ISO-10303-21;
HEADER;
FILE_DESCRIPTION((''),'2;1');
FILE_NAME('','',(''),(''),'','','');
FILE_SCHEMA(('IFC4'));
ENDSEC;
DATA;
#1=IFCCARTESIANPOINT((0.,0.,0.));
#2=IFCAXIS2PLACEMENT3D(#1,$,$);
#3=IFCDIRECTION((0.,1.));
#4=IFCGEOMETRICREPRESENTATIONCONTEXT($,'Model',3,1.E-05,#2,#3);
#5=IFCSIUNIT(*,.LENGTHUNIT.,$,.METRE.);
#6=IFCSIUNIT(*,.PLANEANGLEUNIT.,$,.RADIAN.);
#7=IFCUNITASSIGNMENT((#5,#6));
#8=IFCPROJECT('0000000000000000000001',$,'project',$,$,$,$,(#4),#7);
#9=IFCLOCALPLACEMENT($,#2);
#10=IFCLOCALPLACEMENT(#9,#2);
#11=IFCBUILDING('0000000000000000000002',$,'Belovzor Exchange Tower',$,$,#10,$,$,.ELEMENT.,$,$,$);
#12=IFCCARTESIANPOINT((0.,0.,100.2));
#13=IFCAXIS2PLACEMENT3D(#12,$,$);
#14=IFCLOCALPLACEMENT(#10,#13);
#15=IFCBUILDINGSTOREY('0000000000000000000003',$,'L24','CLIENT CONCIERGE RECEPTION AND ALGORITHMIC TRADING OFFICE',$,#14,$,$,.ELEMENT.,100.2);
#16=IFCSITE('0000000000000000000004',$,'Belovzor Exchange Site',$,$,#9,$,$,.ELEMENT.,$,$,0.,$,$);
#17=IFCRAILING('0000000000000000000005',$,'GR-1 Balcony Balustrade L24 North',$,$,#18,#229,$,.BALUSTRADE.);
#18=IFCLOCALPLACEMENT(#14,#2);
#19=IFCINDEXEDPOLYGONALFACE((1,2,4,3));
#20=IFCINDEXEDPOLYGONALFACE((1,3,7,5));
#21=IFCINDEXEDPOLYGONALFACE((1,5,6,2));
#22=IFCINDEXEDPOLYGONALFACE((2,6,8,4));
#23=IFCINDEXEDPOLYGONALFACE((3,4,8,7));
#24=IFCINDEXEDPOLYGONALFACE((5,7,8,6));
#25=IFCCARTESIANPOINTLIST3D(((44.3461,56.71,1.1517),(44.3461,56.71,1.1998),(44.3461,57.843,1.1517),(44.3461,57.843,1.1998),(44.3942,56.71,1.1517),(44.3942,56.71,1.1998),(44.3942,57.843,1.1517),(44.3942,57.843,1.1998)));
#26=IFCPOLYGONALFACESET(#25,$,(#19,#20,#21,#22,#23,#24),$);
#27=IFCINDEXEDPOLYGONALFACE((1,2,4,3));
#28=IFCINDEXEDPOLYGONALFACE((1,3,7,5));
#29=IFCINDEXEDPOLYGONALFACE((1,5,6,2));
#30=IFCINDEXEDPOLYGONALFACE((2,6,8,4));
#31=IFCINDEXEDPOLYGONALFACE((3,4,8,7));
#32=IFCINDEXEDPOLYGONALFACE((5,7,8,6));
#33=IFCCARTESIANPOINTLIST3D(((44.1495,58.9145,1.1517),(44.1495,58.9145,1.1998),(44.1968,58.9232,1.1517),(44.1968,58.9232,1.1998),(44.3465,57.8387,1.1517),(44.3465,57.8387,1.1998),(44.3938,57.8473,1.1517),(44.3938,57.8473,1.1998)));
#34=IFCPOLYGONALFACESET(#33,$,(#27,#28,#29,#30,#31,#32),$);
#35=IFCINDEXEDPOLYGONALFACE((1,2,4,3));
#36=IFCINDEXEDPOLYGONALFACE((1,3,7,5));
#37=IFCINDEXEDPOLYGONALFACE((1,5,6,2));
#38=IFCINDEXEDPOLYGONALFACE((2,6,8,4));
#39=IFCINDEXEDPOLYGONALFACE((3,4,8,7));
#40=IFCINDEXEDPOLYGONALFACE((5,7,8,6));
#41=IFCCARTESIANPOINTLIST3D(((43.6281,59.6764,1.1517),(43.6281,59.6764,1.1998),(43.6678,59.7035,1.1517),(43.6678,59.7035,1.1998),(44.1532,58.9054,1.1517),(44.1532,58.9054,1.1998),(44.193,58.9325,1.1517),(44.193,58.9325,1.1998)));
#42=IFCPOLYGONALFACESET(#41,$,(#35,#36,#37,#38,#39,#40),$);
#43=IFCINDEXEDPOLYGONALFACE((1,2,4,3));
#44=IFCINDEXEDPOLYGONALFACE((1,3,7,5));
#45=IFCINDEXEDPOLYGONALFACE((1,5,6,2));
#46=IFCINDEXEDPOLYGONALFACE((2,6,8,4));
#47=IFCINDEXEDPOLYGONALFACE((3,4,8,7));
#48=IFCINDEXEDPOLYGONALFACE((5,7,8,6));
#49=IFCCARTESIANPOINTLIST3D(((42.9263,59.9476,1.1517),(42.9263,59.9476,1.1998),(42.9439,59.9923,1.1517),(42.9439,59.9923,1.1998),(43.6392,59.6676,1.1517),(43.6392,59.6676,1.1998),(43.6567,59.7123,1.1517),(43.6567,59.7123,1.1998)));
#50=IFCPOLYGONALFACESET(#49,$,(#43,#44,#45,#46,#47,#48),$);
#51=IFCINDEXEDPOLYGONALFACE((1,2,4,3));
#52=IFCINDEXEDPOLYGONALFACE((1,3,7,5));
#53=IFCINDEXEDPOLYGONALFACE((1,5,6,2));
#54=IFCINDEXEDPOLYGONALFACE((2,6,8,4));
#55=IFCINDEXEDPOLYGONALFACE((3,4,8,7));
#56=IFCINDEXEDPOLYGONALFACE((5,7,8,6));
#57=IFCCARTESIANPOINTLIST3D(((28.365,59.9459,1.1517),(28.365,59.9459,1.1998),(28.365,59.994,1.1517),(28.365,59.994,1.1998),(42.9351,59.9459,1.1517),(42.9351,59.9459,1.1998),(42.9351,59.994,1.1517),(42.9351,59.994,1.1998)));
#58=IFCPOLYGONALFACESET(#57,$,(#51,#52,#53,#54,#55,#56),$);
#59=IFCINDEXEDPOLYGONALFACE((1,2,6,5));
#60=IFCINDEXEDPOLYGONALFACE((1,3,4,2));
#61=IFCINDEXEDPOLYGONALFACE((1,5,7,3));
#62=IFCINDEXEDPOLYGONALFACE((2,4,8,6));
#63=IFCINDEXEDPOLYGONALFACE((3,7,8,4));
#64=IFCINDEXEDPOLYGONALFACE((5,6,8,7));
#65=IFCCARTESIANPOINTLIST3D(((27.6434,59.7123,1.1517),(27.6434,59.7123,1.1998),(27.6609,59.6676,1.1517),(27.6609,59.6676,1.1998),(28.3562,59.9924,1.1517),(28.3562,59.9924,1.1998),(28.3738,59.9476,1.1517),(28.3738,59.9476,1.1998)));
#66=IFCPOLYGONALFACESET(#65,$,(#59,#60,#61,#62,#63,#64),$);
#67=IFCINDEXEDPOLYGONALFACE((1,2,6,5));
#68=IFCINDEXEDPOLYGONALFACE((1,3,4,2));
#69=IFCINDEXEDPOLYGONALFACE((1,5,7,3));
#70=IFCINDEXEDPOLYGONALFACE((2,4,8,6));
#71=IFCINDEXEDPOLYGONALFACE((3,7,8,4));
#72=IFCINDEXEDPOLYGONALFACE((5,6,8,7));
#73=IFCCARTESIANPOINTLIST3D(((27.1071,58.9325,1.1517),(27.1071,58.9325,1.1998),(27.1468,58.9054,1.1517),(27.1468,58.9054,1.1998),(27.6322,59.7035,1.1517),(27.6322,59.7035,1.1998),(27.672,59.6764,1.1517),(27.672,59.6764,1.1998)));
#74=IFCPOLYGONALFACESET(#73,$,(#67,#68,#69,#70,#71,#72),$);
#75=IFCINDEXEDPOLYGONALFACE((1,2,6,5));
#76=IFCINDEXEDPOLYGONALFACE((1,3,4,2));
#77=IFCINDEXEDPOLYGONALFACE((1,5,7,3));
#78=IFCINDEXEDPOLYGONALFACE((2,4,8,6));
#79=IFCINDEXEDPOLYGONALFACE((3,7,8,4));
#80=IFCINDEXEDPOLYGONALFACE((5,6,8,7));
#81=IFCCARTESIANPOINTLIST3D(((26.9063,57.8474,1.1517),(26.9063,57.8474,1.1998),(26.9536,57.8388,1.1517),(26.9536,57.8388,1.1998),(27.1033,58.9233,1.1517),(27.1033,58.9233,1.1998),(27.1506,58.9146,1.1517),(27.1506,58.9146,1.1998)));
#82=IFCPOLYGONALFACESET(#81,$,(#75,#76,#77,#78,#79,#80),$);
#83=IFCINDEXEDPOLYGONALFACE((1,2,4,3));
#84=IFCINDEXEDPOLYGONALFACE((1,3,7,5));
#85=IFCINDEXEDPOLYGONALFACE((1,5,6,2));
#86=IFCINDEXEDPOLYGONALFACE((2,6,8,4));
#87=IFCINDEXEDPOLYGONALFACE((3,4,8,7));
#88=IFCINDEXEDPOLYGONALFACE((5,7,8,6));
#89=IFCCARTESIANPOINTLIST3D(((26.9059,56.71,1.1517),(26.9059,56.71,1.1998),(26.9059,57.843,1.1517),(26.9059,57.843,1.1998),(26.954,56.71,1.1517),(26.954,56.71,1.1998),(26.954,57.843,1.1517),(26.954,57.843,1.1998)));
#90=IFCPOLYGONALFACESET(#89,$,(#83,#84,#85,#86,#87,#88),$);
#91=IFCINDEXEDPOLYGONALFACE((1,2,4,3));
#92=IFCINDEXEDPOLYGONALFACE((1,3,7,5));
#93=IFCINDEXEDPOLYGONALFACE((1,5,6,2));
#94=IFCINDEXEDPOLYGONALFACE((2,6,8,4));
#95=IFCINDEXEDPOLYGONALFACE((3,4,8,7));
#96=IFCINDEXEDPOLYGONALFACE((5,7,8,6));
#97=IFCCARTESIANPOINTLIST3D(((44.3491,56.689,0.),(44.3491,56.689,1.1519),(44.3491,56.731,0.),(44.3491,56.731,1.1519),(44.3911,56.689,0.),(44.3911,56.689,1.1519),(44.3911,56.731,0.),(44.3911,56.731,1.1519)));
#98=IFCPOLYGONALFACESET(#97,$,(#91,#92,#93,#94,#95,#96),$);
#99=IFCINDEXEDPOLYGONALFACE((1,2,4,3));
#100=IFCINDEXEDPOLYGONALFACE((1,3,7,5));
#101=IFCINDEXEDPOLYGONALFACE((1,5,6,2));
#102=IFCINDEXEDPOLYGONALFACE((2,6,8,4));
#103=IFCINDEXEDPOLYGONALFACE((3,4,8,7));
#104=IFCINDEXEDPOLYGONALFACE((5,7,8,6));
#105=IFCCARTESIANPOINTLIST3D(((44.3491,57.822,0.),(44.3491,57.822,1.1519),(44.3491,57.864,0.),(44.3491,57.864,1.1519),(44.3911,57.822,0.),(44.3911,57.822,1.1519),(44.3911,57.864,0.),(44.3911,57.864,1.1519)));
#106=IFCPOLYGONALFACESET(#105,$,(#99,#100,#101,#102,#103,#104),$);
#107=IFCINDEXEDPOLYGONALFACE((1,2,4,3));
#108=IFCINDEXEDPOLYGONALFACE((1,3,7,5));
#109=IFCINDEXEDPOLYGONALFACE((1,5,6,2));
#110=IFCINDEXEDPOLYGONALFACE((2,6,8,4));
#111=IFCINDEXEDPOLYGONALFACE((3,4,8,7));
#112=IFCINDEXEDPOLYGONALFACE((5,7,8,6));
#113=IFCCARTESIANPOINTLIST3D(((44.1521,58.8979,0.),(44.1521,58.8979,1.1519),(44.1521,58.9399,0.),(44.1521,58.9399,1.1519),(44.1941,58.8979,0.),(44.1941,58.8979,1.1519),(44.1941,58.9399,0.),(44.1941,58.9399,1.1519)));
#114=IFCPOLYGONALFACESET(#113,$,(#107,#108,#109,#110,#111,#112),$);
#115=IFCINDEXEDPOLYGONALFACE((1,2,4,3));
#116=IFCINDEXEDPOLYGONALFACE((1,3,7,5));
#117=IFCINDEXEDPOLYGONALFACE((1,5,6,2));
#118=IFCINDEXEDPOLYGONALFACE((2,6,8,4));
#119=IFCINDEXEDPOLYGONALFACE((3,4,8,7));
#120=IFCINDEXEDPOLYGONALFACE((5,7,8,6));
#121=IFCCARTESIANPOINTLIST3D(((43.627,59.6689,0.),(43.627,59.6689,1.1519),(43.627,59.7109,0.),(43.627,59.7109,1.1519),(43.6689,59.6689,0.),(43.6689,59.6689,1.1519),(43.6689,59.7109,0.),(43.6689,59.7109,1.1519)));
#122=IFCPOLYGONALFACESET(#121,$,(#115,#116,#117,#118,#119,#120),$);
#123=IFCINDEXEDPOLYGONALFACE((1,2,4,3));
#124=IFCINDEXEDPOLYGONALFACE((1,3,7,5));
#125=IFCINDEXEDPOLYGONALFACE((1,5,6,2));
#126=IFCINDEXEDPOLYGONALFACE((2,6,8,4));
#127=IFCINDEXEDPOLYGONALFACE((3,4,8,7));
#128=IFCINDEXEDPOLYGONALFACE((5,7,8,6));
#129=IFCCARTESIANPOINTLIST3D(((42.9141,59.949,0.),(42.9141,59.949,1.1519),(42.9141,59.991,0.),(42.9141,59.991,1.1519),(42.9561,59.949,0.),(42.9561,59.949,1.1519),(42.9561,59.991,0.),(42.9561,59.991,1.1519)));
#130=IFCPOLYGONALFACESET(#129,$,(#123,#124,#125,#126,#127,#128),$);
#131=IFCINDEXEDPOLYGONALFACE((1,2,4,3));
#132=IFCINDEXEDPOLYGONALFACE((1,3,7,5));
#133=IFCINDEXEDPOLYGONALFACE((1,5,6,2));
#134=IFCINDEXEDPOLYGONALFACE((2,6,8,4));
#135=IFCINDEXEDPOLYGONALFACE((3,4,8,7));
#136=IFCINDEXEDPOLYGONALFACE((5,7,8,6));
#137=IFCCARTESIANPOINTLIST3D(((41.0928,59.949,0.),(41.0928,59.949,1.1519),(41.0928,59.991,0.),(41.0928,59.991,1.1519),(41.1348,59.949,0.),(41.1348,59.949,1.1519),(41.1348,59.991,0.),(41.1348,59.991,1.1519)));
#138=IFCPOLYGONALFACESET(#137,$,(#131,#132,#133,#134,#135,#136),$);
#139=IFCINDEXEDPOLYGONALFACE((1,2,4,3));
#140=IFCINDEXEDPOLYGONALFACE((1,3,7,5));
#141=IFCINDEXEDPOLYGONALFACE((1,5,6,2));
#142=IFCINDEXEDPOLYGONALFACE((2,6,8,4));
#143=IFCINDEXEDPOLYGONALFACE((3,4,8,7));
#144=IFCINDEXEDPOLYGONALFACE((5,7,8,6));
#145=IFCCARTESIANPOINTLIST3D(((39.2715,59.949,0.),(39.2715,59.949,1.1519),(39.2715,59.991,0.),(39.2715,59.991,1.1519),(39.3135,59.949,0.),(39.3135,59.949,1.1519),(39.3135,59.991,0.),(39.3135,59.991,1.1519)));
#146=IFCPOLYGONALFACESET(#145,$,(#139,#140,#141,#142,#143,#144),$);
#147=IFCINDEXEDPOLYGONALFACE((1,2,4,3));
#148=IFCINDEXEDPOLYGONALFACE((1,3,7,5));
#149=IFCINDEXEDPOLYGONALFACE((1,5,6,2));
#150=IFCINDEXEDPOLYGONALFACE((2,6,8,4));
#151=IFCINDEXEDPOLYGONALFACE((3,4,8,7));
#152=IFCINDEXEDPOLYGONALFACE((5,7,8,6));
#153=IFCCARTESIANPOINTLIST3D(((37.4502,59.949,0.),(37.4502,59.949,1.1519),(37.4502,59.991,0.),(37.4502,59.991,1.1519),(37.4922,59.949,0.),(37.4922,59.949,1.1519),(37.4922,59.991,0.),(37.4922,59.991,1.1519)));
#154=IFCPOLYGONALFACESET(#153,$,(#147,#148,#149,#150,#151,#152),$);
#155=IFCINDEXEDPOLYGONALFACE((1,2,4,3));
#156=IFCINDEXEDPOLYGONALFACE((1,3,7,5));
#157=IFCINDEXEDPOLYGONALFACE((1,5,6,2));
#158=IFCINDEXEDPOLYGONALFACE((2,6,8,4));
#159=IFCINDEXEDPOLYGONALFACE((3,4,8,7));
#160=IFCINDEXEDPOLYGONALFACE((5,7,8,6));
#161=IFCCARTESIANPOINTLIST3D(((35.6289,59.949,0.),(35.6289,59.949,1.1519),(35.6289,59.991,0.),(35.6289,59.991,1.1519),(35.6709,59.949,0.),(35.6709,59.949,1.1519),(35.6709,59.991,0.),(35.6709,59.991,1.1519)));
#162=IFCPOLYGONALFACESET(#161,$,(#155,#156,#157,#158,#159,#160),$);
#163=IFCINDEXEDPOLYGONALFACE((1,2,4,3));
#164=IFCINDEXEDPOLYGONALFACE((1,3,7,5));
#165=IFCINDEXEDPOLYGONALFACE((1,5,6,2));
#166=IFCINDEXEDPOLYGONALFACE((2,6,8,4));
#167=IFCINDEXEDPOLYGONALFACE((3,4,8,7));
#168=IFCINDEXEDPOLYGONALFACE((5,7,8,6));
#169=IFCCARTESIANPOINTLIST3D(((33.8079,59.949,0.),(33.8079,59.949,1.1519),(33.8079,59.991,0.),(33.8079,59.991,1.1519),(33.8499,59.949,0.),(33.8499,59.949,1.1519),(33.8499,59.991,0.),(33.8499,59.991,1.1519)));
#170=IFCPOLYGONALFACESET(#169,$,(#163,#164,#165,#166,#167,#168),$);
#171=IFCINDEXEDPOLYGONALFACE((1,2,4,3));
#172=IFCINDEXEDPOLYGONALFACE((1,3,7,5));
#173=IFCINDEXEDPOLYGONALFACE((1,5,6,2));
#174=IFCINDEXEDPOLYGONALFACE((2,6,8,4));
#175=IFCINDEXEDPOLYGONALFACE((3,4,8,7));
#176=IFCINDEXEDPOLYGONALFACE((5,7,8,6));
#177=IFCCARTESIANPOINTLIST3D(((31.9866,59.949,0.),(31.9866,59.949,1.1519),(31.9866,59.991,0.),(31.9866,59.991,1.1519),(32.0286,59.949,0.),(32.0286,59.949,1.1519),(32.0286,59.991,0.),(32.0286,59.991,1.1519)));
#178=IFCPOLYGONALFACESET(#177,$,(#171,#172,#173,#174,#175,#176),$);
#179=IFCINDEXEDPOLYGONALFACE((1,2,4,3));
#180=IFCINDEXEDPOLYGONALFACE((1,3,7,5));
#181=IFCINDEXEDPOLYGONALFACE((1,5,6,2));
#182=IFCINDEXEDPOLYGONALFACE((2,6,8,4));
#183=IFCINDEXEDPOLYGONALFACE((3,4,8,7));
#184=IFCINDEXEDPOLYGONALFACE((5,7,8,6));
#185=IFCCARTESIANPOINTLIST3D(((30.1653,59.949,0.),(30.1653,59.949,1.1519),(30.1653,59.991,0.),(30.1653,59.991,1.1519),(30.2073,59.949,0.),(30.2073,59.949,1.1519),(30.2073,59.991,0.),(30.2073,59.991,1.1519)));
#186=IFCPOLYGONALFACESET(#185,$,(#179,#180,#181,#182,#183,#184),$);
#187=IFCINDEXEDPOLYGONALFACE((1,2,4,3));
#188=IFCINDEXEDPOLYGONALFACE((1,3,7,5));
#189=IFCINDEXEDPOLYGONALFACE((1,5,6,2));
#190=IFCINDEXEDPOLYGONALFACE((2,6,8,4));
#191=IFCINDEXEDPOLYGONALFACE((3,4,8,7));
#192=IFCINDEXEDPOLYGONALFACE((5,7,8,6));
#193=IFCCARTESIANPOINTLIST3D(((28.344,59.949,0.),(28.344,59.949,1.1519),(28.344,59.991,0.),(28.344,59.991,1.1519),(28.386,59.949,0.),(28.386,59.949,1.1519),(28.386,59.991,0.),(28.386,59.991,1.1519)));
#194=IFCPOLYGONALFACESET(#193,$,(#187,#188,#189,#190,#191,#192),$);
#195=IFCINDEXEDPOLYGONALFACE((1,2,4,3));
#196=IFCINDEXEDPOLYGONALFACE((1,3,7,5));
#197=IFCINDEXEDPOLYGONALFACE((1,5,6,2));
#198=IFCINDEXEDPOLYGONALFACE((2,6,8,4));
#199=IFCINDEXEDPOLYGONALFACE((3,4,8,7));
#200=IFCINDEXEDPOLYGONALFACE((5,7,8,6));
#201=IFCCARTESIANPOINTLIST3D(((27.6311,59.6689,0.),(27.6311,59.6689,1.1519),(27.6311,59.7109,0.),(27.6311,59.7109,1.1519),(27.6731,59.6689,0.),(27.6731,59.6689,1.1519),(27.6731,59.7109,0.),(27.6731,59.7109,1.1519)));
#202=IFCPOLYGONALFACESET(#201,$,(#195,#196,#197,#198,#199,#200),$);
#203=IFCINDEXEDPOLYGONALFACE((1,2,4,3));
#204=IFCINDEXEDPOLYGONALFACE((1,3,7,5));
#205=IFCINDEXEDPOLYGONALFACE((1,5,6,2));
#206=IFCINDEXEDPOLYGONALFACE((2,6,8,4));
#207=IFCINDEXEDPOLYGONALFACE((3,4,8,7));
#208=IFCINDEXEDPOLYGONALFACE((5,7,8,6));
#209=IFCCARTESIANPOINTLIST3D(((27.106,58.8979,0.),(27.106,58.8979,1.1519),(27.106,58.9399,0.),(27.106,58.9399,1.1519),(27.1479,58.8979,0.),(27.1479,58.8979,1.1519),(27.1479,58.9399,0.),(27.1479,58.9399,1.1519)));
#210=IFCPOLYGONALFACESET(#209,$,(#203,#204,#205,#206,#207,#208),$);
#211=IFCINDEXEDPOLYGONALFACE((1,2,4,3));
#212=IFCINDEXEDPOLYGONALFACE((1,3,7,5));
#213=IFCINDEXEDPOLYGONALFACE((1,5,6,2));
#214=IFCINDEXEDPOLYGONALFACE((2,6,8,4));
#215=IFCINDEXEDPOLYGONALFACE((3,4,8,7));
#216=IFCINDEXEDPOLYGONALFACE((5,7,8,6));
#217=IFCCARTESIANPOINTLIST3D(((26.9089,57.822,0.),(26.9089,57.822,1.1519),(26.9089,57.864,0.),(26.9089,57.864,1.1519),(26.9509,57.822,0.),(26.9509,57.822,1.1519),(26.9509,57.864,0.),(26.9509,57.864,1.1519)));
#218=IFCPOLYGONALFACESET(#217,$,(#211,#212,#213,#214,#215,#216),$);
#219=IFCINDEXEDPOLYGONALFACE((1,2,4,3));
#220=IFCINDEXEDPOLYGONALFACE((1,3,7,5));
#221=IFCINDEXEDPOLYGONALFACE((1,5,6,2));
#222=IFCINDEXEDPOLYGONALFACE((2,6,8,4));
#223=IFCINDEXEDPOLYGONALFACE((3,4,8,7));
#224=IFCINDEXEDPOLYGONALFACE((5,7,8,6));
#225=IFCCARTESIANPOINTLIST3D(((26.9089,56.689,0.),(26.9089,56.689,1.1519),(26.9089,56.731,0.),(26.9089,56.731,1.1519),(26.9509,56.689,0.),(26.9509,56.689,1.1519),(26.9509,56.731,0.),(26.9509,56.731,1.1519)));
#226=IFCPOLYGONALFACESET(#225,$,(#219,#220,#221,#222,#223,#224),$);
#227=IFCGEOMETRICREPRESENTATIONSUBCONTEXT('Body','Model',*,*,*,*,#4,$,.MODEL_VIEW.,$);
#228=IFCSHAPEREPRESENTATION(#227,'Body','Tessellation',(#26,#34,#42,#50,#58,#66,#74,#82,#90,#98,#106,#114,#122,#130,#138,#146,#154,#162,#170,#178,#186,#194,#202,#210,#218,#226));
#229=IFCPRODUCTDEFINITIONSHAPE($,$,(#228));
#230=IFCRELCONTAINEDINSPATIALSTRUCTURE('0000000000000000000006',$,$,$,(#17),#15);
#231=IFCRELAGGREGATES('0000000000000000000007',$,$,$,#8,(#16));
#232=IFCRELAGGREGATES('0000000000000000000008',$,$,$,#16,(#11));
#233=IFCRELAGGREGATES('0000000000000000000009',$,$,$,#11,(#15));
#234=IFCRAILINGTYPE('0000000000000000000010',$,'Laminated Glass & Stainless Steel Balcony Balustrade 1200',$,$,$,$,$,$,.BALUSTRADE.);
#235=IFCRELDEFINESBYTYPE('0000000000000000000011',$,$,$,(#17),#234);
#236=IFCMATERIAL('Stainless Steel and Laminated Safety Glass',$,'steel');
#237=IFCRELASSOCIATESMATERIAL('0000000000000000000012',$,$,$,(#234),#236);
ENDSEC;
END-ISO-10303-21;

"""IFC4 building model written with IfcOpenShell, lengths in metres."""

from ifc_helpers import new_model, si_unit, direction, frame, origin, origin_2d, place, context, subcontext, project, spatial, rectangle, extrude, material, type_object, element, save


model = new_model("IFC4")

# Units and contexts
model_context = context("Model", 3, precision=1e-05, world=origin(), true_north=direction((0.0, 1.0)))
body_context = subcontext(model_context, "Body", "Model", "MODEL_VIEW")
ifc_project = project(units=[si_unit("LENGTHUNIT", "METRE"), si_unit("PLANEANGLEUNIT", "RADIAN")], contexts=[model_context])

# Site, building, storey
site_placement = place(None, origin())
site = spatial("IfcSite", under=ifc_project, at=site_placement, Name="Belovzor Exchange Site", CompositionType="ELEMENT", RefElevation=0.0)
building_placement = place(site_placement, origin())
building = spatial("IfcBuilding", under=site, at=building_placement, Name="Belovzor Exchange Tower", CompositionType="ELEMENT")
storey_placement = place(building_placement, frame((0.0, 0.0, 100.2)))
storey = spatial("IfcBuildingStorey", under=building, at=storey_placement, Name="L24", Description="CLIENT CONCIERGE RECEPTION AND ALGORITHMIC TRADING OFFICE", CompositionType="ELEMENT", Elevation=100.2)

# Railing
ifc_material_1 = material(Name="Stainless Steel and Laminated Safety Glass", Category="steel")
railing_type = type_object("IfcRailingType", Name="Laminated Glass & Stainless Steel Balcony Balustrade 1200", PredefinedType="BALUSTRADE", material=ifc_material_1)
railing_placement = place(storey_placement, frame((44.3701, 56.71, 0.0)))
element("IfcRailing", 1, at=railing_placement, inside=storey, type_object=railing_type, Name="GR-1 Balcony Balustrade L24 North", PredefinedType="BALUSTRADE", context=body_context, shape_type="SweptSolid", body=[
    extrude(rectangle(XDim=0.0481, YDim=0.0481, at=origin_2d()), frame((0.0, 0.0, 1.1758), z_axis=(0.0, 1.0, 0.0), x_axis=(-1.0, 0.0, 0.0)), (0.0, 0.0, 1.0), 1.1331),
    extrude(rectangle(XDim=0.0481, YDim=0.0481, at=origin_2d()), frame((0.0, 1.1331, 1.1758), z_axis=(-0.180123, 0.983644, 0.0), x_axis=(-0.983644, -0.180123, 0.0)), (0.0, 0.0, 1.0), 1.0938),
    extrude(rectangle(XDim=0.0481, YDim=0.0481, at=origin_2d()), frame((-0.197, 2.209, 1.1758), z_axis=(-0.562947, 0.826493, 0.0), x_axis=(-0.826493, -0.562947, 0.0)), (0.0, 0.0, 1.0), 0.9329),
    extrude(rectangle(XDim=0.0481, YDim=0.0481, at=origin_2d()), frame((-0.7222, 2.98, 1.1758), z_axis=(-0.930767, 0.365613, 0.0), x_axis=(-0.365613, -0.930767, 0.0)), (0.0, 0.0, 1.0), 0.7659),
    extrude(rectangle(XDim=0.0481, YDim=0.0481, at=origin_2d()), frame((-1.4351, 3.26, 1.1758), z_axis=(-1.0, 0.0, 0.0), x_axis=(0.0, -1.0, 0.0)), (0.0, 0.0, 1.0), 14.5701),
    extrude(rectangle(XDim=0.0481, YDim=0.0481, at=origin_2d()), frame((-16.0051, 3.26, 1.1758), z_axis=(-0.930767, -0.365613, 0.0), x_axis=(0.365613, -0.930767, 0.0)), (0.0, 0.0, 1.0), 0.7659),
    extrude(rectangle(XDim=0.0481, YDim=0.0481, at=origin_2d()), frame((-16.718, 2.98, 1.1758), z_axis=(-0.562947, -0.826493, 0.0), x_axis=(0.826493, -0.562947, 0.0)), (0.0, 0.0, 1.0), 0.9329),
    extrude(rectangle(XDim=0.0481, YDim=0.0481, at=origin_2d()), frame((-17.2432, 2.209, 1.1758), z_axis=(-0.180123, -0.983644, 0.0), x_axis=(0.983644, -0.180123, 0.0)), (0.0, 0.0, 1.0), 1.0938),
    extrude(rectangle(XDim=0.0481, YDim=0.0481, at=origin_2d()), frame((-17.4402, 1.1331, 1.1758), z_axis=(0.0, -1.0, 0.0), x_axis=(1.0, 0.0, 0.0)), (0.0, 0.0, 1.0), 1.1331),
    extrude(rectangle(XDim=0.042, YDim=0.042, at=origin_2d()), origin(), (0.0, 0.0, 1.0), 1.1519),
    extrude(rectangle(XDim=0.042, YDim=0.042, at=origin_2d()), frame((0.0, 1.1331, 0.0)), (0.0, 0.0, 1.0), 1.1519),
    extrude(rectangle(XDim=0.042, YDim=0.042, at=origin_2d()), frame((-0.197, 2.209, 0.0)), (0.0, 0.0, 1.0), 1.1519),
    extrude(rectangle(XDim=0.042, YDim=0.042, at=origin_2d()), frame((-0.7222, 2.98, 0.0)), (0.0, 0.0, 1.0), 1.1519),
    extrude(rectangle(XDim=0.042, YDim=0.042, at=origin_2d()), frame((-1.4351, 3.26, 0.0)), (0.0, 0.0, 1.0), 1.1519),
    extrude(rectangle(XDim=0.042, YDim=0.042, at=origin_2d()), frame((-3.2563, 3.26, 0.0)), (0.0, 0.0, 1.0), 1.1519),
    extrude(rectangle(XDim=0.042, YDim=0.042, at=origin_2d()), frame((-5.0776, 3.26, 0.0)), (0.0, 0.0, 1.0), 1.1519),
    extrude(rectangle(XDim=0.042, YDim=0.042, at=origin_2d()), frame((-6.8989, 3.26, 0.0)), (0.0, 0.0, 1.0), 1.1519),
    extrude(rectangle(XDim=0.042, YDim=0.042, at=origin_2d()), frame((-8.7202, 3.26, 0.0)), (0.0, 0.0, 1.0), 1.1519),
    extrude(rectangle(XDim=0.042, YDim=0.042, at=origin_2d()), frame((-10.5413, 3.26, 0.0)), (0.0, 0.0, 1.0), 1.1519),
    extrude(rectangle(XDim=0.042, YDim=0.042, at=origin_2d()), frame((-12.3625, 3.26, 0.0)), (0.0, 0.0, 1.0), 1.1519),
    extrude(rectangle(XDim=0.042, YDim=0.042, at=origin_2d()), frame((-14.1838, 3.26, 0.0)), (0.0, 0.0, 1.0), 1.1519),
    extrude(rectangle(XDim=0.042, YDim=0.042, at=origin_2d()), frame((-16.0051, 3.26, 0.0)), (0.0, 0.0, 1.0), 1.1519),
    extrude(rectangle(XDim=0.042, YDim=0.042, at=origin_2d()), frame((-16.718, 2.98, 0.0)), (0.0, 0.0, 1.0), 1.1519),
    extrude(rectangle(XDim=0.042, YDim=0.042, at=origin_2d()), frame((-17.2432, 2.209, 0.0)), (0.0, 0.0, 1.0), 1.1519),
    extrude(rectangle(XDim=0.042, YDim=0.042, at=origin_2d()), frame((-17.4402, 1.1331, 0.0)), (0.0, 0.0, 1.0), 1.1519),
    extrude(rectangle(XDim=0.042, YDim=0.042, at=origin_2d()), frame((-17.4402, 0.0, 0.0)), (0.0, 0.0, 1.0), 1.1519),
])

save(model, "model.ifc")
